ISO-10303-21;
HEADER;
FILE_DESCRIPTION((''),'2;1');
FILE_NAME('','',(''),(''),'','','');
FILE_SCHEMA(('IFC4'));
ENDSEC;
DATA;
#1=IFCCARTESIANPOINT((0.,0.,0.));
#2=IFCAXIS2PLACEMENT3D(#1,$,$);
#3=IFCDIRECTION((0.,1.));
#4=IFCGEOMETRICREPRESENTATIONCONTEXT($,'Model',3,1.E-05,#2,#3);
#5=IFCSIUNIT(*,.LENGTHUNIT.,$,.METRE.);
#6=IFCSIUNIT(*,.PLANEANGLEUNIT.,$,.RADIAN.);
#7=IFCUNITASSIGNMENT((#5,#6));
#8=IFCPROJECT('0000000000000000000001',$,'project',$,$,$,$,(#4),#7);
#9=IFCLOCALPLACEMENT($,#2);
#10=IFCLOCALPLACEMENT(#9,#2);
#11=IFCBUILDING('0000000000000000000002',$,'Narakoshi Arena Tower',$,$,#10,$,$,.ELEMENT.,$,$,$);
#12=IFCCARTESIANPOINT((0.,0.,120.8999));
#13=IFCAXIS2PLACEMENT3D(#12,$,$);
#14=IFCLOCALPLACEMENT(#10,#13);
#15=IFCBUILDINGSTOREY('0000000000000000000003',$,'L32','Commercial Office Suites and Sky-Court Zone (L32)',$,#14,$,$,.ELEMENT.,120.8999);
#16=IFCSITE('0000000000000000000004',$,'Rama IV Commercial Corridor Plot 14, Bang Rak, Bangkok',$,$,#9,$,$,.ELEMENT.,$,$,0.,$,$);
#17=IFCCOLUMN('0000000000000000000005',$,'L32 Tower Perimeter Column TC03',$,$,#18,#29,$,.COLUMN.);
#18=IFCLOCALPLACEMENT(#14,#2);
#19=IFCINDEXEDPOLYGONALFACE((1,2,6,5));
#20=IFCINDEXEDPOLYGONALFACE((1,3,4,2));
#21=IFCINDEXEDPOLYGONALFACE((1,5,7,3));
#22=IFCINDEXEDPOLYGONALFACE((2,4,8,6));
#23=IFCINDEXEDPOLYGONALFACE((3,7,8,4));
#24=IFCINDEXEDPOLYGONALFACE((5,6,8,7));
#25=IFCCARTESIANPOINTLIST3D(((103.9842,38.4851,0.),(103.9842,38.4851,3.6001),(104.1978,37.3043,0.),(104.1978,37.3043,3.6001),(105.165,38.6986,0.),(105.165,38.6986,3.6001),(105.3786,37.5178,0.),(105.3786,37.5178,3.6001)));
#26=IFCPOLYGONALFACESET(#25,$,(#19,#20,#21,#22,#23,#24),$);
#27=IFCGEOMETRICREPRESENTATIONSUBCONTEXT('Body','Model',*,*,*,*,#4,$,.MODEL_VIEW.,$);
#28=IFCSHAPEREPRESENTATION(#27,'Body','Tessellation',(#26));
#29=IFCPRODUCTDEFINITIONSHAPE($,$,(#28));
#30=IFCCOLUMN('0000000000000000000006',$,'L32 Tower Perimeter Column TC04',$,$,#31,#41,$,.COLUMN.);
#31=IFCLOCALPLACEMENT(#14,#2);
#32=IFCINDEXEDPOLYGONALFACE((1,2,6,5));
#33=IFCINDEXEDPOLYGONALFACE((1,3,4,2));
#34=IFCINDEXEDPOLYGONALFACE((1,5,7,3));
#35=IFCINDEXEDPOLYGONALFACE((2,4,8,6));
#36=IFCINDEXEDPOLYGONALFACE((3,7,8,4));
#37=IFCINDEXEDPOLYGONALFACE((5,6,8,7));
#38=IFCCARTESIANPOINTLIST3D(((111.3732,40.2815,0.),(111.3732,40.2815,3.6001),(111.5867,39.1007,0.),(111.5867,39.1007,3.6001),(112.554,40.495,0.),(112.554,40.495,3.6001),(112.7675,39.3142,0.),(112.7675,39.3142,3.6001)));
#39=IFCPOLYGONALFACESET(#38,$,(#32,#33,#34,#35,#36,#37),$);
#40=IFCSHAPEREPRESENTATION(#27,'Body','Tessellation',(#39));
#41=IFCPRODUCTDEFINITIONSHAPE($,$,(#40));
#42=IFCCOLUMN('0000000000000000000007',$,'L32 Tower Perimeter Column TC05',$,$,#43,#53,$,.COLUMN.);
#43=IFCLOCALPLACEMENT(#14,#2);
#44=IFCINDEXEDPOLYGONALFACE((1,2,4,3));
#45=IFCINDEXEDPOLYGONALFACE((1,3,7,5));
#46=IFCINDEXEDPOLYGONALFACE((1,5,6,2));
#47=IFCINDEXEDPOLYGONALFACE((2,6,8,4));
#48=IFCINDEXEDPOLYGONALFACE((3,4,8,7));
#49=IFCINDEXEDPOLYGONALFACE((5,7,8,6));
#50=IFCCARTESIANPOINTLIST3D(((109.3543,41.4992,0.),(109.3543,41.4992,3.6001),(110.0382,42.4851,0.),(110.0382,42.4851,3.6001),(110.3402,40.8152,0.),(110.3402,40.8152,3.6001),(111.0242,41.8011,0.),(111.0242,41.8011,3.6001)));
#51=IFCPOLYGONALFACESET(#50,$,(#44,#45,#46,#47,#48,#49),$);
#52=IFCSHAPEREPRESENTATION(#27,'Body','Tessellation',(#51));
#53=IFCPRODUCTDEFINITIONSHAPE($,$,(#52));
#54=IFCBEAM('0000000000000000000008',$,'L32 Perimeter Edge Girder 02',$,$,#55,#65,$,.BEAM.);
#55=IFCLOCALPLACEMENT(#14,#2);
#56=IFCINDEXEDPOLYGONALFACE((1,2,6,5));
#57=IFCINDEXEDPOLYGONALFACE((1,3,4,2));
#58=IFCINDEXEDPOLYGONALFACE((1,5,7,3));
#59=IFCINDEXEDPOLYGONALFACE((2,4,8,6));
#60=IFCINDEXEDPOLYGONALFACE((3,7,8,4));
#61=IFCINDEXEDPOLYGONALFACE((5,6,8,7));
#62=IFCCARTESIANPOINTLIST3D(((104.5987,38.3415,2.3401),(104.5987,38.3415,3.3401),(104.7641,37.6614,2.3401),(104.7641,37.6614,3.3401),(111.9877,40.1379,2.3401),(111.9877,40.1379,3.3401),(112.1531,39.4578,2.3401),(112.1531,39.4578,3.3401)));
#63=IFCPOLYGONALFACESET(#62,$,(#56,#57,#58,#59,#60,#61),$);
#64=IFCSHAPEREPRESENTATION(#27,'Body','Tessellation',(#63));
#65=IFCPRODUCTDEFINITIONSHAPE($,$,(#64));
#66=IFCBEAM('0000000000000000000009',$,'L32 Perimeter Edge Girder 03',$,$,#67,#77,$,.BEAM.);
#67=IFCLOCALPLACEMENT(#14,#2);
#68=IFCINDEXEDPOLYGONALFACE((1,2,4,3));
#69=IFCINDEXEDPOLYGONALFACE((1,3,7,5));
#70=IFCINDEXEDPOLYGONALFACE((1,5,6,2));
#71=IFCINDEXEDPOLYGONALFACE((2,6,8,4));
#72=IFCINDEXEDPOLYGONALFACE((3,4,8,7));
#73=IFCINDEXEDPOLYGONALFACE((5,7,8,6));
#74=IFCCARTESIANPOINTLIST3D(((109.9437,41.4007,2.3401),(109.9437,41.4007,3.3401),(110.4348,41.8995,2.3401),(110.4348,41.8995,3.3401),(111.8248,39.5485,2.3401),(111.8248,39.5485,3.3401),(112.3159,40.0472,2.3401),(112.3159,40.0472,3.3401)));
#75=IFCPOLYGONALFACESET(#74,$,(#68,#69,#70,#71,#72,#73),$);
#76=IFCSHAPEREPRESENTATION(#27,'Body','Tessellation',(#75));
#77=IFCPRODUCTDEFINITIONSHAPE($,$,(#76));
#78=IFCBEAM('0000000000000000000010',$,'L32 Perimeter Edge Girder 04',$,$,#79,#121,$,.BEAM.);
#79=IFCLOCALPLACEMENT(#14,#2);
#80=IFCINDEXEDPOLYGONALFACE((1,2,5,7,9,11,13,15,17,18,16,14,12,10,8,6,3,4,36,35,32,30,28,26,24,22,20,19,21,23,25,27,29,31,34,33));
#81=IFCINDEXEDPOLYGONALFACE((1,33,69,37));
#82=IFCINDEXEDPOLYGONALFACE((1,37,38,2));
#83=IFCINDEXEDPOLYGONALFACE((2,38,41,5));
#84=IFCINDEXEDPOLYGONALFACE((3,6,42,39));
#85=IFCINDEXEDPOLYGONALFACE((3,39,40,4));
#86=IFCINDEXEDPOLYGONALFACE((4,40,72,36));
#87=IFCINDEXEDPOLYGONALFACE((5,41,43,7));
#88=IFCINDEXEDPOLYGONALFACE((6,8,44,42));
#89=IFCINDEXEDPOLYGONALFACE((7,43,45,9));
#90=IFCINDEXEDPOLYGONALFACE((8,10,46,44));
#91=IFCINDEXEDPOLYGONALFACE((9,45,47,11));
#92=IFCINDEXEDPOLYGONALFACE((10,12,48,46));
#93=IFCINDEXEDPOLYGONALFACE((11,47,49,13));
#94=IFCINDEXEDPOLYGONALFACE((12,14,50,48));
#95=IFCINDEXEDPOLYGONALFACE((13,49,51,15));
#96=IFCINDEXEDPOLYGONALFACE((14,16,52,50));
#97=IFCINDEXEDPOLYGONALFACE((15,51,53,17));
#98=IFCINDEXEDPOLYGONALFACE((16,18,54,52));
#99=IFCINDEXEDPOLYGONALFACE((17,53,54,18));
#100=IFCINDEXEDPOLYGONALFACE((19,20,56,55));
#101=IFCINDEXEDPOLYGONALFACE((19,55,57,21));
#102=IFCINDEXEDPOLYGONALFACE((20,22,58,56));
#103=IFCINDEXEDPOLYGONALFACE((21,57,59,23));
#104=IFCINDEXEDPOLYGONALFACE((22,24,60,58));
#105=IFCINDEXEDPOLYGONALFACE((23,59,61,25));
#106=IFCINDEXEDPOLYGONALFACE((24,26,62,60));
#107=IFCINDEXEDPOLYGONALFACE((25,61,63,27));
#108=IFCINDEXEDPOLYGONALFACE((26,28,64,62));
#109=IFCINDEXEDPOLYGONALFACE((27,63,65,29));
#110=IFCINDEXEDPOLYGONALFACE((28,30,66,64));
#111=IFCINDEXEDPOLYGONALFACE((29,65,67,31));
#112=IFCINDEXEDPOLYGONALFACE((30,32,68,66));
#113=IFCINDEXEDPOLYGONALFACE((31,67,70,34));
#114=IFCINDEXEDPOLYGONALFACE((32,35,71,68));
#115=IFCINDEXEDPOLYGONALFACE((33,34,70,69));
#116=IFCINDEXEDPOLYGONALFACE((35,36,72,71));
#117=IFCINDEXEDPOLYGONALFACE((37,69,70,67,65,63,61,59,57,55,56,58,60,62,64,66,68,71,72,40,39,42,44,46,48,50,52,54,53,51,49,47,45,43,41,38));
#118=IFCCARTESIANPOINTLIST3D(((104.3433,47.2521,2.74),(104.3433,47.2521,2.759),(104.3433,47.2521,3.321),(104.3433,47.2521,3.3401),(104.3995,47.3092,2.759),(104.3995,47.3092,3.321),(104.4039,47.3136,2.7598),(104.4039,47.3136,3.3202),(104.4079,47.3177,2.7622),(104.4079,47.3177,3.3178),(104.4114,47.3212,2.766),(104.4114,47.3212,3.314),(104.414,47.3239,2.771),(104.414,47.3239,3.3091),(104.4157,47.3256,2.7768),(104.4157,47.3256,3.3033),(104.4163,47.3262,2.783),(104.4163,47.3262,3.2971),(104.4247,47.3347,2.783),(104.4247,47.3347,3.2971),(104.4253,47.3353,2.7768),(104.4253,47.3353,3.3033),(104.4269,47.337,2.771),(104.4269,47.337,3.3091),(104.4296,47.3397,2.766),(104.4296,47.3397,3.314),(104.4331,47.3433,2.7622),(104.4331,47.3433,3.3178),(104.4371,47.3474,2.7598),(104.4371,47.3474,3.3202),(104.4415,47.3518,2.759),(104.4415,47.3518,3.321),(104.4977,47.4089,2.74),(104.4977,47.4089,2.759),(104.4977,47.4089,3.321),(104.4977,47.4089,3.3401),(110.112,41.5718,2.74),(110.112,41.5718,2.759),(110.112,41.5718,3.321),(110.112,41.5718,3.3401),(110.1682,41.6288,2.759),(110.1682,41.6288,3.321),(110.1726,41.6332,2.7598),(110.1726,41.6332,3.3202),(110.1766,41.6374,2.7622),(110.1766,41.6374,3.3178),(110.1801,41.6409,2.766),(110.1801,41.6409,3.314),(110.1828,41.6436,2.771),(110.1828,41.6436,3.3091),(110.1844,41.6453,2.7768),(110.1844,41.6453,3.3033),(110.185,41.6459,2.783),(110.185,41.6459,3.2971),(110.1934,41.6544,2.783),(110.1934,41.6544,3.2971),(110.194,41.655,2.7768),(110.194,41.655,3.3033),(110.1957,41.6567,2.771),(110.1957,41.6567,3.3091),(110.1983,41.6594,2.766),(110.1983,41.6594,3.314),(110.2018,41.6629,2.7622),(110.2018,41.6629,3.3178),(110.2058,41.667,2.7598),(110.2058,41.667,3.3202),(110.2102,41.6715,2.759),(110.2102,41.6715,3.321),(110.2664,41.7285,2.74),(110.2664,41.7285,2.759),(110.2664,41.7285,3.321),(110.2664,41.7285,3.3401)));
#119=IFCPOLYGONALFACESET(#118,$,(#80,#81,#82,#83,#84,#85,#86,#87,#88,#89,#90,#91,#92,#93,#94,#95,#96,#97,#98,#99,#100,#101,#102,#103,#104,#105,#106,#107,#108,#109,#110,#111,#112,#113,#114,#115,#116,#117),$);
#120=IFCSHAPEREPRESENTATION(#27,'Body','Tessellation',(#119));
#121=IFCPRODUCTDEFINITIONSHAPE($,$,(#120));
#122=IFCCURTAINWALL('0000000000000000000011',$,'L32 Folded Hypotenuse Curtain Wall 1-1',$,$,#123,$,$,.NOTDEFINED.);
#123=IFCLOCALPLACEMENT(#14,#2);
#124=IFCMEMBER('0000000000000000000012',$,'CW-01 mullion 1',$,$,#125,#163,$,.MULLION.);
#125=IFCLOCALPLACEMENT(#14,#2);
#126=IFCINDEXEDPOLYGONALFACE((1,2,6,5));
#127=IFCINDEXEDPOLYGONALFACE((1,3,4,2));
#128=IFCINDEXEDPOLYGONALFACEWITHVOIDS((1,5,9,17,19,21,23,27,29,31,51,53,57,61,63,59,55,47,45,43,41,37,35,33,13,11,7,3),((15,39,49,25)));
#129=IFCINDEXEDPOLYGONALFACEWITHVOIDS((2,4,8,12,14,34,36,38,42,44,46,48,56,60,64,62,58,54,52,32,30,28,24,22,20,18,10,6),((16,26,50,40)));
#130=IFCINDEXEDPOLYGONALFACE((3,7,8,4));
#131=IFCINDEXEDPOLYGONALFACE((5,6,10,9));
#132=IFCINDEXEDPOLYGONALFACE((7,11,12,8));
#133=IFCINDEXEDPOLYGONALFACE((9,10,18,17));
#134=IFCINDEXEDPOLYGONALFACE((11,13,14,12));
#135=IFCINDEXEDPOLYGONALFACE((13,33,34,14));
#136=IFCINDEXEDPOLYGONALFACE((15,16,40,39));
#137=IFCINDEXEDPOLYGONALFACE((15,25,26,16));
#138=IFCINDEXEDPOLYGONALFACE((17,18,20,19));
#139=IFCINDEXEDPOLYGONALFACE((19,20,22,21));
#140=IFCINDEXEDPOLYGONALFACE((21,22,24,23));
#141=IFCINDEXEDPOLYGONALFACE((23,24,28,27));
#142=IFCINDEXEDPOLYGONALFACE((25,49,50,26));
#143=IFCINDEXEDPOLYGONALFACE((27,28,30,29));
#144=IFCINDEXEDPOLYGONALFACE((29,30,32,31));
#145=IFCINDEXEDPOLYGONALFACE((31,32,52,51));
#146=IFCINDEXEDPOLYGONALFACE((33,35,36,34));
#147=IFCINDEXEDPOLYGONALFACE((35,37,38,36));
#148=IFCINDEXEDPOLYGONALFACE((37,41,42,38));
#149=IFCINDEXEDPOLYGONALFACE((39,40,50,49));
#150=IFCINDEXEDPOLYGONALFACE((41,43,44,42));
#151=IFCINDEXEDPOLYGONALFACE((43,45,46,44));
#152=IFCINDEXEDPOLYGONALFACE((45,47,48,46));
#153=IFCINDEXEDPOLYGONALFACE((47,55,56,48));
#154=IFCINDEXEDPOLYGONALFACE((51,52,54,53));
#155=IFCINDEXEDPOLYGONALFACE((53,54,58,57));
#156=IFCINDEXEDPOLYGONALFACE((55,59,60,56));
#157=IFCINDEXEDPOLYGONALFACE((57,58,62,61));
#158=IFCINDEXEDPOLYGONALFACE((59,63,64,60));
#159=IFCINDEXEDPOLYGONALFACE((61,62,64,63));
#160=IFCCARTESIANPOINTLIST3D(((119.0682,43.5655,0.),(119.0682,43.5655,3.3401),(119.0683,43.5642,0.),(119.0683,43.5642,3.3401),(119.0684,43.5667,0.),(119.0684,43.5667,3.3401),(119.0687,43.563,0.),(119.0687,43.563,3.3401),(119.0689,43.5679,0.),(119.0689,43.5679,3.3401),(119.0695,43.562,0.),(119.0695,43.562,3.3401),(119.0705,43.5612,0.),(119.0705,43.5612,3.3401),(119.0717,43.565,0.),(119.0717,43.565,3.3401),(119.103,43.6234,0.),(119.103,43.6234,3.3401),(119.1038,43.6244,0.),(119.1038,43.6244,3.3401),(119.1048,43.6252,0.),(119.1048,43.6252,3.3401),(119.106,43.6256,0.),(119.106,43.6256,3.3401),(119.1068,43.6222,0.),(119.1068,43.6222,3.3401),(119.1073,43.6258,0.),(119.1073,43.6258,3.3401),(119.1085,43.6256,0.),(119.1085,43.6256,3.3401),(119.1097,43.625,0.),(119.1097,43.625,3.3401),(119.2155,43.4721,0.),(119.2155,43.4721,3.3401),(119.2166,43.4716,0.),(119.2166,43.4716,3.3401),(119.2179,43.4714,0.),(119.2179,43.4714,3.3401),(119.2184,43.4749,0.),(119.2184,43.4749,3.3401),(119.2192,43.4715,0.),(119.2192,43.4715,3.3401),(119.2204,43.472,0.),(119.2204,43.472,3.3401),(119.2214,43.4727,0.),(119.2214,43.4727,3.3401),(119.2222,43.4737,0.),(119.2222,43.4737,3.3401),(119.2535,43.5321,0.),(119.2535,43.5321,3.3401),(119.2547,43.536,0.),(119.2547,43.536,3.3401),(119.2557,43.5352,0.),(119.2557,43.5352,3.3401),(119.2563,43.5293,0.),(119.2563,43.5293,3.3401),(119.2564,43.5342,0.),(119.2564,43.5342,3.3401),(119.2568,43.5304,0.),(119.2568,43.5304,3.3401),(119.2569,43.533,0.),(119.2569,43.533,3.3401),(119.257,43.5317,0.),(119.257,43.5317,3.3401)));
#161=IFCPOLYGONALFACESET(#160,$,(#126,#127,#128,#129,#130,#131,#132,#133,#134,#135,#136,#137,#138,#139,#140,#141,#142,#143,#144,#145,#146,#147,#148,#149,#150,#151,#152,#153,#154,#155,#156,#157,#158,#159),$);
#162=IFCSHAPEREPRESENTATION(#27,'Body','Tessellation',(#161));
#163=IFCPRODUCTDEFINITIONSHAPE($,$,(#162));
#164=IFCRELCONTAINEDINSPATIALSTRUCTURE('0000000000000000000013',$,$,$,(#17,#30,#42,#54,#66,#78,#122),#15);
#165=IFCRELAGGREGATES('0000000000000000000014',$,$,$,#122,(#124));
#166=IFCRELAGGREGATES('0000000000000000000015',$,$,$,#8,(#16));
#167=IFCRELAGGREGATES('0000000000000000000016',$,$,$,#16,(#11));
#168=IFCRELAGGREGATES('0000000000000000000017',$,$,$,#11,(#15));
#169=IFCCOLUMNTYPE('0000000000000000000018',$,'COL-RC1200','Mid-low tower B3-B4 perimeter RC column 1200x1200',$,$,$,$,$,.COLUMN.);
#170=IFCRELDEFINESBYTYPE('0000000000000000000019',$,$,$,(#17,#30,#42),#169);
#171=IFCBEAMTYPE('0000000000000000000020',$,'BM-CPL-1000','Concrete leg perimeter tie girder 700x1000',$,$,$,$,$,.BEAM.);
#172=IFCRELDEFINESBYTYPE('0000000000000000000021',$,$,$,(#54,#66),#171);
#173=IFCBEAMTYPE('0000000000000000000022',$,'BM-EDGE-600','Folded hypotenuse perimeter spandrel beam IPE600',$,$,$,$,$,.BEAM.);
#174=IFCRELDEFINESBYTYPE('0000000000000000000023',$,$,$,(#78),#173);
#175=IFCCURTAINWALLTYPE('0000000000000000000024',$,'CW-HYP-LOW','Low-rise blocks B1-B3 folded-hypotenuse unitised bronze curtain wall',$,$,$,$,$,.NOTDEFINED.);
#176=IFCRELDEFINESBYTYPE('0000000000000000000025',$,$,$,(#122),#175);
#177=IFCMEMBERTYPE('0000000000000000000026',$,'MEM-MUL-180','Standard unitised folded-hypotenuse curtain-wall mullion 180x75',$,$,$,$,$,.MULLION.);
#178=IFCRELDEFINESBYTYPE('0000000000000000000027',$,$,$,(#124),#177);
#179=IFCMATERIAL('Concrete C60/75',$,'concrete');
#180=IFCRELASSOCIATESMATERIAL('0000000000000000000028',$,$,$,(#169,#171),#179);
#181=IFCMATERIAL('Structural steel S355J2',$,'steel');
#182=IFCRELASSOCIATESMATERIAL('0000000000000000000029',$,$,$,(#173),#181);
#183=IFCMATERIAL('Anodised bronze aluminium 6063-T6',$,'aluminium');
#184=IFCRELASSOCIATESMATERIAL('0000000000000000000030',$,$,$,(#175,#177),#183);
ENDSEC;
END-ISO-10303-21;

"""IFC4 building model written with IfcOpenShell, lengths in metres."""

from ifc_helpers import new_model, si_unit, direction, frame, origin, origin_2d, place, context, subcontext, project, spatial, rectangle, hollow_rectangle, i_section, extrude, material, material_profile, profile_set, type_object, element, aggregate, save


model = new_model("IFC4")

# Units and contexts
model_context = context("Model", 3, precision=1e-05, world=origin(), true_north=direction((0.0, 1.0)))
body_context = subcontext(model_context, "Body", "Model", "MODEL_VIEW")
ifc_project = project(units=[si_unit("LENGTHUNIT", "METRE"), si_unit("PLANEANGLEUNIT", "RADIAN")], contexts=[model_context])

# Site, building, storey
site_placement = place(None, origin())
site = spatial("IfcSite", under=ifc_project, at=site_placement, Name="Rama IV Commercial Corridor Plot 14, Bang Rak, Bangkok", CompositionType="ELEMENT", RefElevation=0.0)
building_placement = place(site_placement, origin())
building = spatial("IfcBuilding", under=site, at=building_placement, Name="Narakoshi Arena Tower", CompositionType="ELEMENT")
storey_placement = place(building_placement, frame((0.0, 0.0, 120.8999)))
storey = spatial("IfcBuildingStorey", under=building, at=storey_placement, Name="L32", Description="Commercial Office Suites and Sky-Court Zone (L32)", CompositionType="ELEMENT", Elevation=120.8999)

# Columns
ifc_material_1 = material(Name="Concrete C60/75", Category="concrete")
ifc_material_profile_1 = material_profile(ifc_material_1, rectangle(XDim=1.2, YDim=1.2, at=origin_2d()), Name="RC1200x1200")
ifc_profile_set_1 = profile_set([ifc_material_profile_1], Name="Concrete C60/75")
column_type = type_object("IfcColumnType", Name="COL-RC1200", Description="Mid-low tower B3-B4 perimeter RC column 1200x1200", PredefinedType="COLUMN", material=ifc_profile_set_1)
for number, where, z_axis, x_axis, name in (
    (1, (104.6814, 38.0015, 0.0), (0.0, 0.0, 1.0), (0.984041, 0.177944, 0.0), "L32 Tower Perimeter Column TC03"),
    (2, (112.0703, 39.7979, 0.0), (0.0, 0.0, 1.0), (0.984041, 0.177944, 0.0), "L32 Tower Perimeter Column TC04"),
    (3, (110.1892, 41.6501, 0.0), (0.0, 0.0, 1.0), (0.569997, 0.821647, 0.0), "L32 Tower Perimeter Column TC05"),
):
    element("IfcColumn", number, at=place(storey_placement, frame(where, z_axis=z_axis, x_axis=x_axis)), inside=storey, type_object=column_type, Name=name, PredefinedType="COLUMN", context=body_context, shape_type="SweptSolid", body=[
        extrude(rectangle(XDim=1.2, YDim=1.2, at=origin_2d()), origin(), (0.0, 0.0, 1.0), 3.6001),
    ])

# Beams
ifc_material_profile_2 = material_profile(ifc_material_1, rectangle(XDim=0.7, YDim=1.0, at=origin_2d()), Name="RCB700x1000")
ifc_profile_set_2 = profile_set([ifc_material_profile_2], Name="Concrete C60/75")
beam_type_1 = type_object("IfcBeamType", Name="BM-CPL-1000", Description="Concrete leg perimeter tie girder 700x1000", PredefinedType="BEAM", material=ifc_profile_set_2)
beam_1_placement = place(storey_placement, frame((104.6814, 38.0015, 2.8401), z_axis=(0.971695, 0.236238, 0.0), x_axis=(-0.236238, 0.971695, 0.0)))
element("IfcBeam", 4, at=beam_1_placement, inside=storey, type_object=beam_type_1, Name="L32 Perimeter Edge Girder 02", PredefinedType="BEAM", context=body_context, shape_type="SweptSolid", body=[
    extrude(rectangle(XDim=0.7, YDim=1.0, at=origin_2d()), origin(), (0.0, 0.0, 1.0), 7.6042),
])
beam_2_placement = place(storey_placement, frame((112.0703, 39.7979, 2.8401), z_axis=(-0.712542, 0.70163, 0.0), x_axis=(-0.70163, -0.712542, 0.0)))
element("IfcBeam", 5, at=beam_2_placement, inside=storey, type_object=beam_type_1, Name="L32 Perimeter Edge Girder 03", PredefinedType="BEAM", context=body_context, shape_type="SweptSolid", body=[
    extrude(rectangle(XDim=0.7, YDim=1.0, at=origin_2d()), origin(), (0.0, 0.0, 1.0), 2.6399),
])
ifc_material_2 = material(Name="Structural steel S355J2", Category="steel")
ifc_material_profile_3 = material_profile(ifc_material_2, i_section(OverallWidth=0.22, OverallDepth=0.6001, WebThickness=0.012, FlangeThickness=0.019, FilletRadius=0.0239, at=origin_2d()), Name="IPE600")
ifc_profile_set_3 = profile_set([ifc_material_profile_3], Name="Structural steel S355J2")
beam_type_2 = type_object("IfcBeamType", Name="BM-EDGE-600", Description="Folded hypotenuse perimeter spandrel beam IPE600", PredefinedType="BEAM", material=ifc_profile_set_3)
beam_3_placement = place(storey_placement, frame((110.1892, 41.6501, 3.04), z_axis=(-0.712544, 0.701628, 0.0), x_axis=(-0.701628, -0.712544, 0.0)))
element("IfcBeam", 6, at=beam_3_placement, inside=storey, type_object=beam_type_2, Name="L32 Perimeter Edge Girder 04", PredefinedType="BEAM", context=body_context, shape_type="SweptSolid", body=[
    extrude(i_section(OverallWidth=0.22, OverallDepth=0.6001, WebThickness=0.012, FlangeThickness=0.019, FilletRadius=0.0239, at=origin_2d()), origin(), (0.0, 0.0, 1.0), 8.0959),
])

# Curtain wall, member
ifc_material_3 = material(Name="Anodised bronze aluminium 6063-T6", Category="aluminium")
curtain_wall_type = type_object("IfcCurtainWallType", Name="CW-HYP-LOW", Description="Low-rise blocks B1-B3 folded-hypotenuse unitised bronze curtain wall", PredefinedType="NOTDEFINED", material=ifc_material_3)
curtain_wall_placement = place(storey_placement, origin())
curtain_wall = element("IfcCurtainWall", 7, at=curtain_wall_placement, inside=storey, type_object=curtain_wall_type, Name="L32 Folded Hypotenuse Curtain Wall 1-1", PredefinedType="NOTDEFINED")
ifc_material_profile_4 = material_profile(ifc_material_3, hollow_rectangle(XDim=0.075, YDim=0.1799, WallThickness=0.0039, OuterFilletRadius=0.0049, at=origin_2d()), Name="MUL180x75x4")
ifc_profile_set_4 = profile_set([ifc_material_profile_4], Name="Anodised bronze aluminium 6063-T6")
member_type_1 = type_object("IfcMemberType", Name="MEM-MUL-180", Description="Standard unitised folded-hypotenuse curtain-wall mullion 180x75", PredefinedType="MULLION", material=ifc_profile_set_4)
member_1_placement = place(storey_placement, frame((119.1626, 43.5486, 0.0), z_axis=(0.0, 0.0, 1.0), x_axis=(-0.523358, -0.852113, 0.0)))
member_1 = element("IfcMember", 8, at=member_1_placement, type_object=member_type_1, Name="CW-01 mullion 1", PredefinedType="MULLION", context=body_context, shape_type="SweptSolid", body=[
    extrude(hollow_rectangle(XDim=0.075, YDim=0.1799, WallThickness=0.0039, OuterFilletRadius=0.0049, at=origin_2d()), origin(), (0.0, 0.0, 1.0), 3.3401),
])
aggregate(curtain_wall, [member_1])

save(model, "model.ifc")
